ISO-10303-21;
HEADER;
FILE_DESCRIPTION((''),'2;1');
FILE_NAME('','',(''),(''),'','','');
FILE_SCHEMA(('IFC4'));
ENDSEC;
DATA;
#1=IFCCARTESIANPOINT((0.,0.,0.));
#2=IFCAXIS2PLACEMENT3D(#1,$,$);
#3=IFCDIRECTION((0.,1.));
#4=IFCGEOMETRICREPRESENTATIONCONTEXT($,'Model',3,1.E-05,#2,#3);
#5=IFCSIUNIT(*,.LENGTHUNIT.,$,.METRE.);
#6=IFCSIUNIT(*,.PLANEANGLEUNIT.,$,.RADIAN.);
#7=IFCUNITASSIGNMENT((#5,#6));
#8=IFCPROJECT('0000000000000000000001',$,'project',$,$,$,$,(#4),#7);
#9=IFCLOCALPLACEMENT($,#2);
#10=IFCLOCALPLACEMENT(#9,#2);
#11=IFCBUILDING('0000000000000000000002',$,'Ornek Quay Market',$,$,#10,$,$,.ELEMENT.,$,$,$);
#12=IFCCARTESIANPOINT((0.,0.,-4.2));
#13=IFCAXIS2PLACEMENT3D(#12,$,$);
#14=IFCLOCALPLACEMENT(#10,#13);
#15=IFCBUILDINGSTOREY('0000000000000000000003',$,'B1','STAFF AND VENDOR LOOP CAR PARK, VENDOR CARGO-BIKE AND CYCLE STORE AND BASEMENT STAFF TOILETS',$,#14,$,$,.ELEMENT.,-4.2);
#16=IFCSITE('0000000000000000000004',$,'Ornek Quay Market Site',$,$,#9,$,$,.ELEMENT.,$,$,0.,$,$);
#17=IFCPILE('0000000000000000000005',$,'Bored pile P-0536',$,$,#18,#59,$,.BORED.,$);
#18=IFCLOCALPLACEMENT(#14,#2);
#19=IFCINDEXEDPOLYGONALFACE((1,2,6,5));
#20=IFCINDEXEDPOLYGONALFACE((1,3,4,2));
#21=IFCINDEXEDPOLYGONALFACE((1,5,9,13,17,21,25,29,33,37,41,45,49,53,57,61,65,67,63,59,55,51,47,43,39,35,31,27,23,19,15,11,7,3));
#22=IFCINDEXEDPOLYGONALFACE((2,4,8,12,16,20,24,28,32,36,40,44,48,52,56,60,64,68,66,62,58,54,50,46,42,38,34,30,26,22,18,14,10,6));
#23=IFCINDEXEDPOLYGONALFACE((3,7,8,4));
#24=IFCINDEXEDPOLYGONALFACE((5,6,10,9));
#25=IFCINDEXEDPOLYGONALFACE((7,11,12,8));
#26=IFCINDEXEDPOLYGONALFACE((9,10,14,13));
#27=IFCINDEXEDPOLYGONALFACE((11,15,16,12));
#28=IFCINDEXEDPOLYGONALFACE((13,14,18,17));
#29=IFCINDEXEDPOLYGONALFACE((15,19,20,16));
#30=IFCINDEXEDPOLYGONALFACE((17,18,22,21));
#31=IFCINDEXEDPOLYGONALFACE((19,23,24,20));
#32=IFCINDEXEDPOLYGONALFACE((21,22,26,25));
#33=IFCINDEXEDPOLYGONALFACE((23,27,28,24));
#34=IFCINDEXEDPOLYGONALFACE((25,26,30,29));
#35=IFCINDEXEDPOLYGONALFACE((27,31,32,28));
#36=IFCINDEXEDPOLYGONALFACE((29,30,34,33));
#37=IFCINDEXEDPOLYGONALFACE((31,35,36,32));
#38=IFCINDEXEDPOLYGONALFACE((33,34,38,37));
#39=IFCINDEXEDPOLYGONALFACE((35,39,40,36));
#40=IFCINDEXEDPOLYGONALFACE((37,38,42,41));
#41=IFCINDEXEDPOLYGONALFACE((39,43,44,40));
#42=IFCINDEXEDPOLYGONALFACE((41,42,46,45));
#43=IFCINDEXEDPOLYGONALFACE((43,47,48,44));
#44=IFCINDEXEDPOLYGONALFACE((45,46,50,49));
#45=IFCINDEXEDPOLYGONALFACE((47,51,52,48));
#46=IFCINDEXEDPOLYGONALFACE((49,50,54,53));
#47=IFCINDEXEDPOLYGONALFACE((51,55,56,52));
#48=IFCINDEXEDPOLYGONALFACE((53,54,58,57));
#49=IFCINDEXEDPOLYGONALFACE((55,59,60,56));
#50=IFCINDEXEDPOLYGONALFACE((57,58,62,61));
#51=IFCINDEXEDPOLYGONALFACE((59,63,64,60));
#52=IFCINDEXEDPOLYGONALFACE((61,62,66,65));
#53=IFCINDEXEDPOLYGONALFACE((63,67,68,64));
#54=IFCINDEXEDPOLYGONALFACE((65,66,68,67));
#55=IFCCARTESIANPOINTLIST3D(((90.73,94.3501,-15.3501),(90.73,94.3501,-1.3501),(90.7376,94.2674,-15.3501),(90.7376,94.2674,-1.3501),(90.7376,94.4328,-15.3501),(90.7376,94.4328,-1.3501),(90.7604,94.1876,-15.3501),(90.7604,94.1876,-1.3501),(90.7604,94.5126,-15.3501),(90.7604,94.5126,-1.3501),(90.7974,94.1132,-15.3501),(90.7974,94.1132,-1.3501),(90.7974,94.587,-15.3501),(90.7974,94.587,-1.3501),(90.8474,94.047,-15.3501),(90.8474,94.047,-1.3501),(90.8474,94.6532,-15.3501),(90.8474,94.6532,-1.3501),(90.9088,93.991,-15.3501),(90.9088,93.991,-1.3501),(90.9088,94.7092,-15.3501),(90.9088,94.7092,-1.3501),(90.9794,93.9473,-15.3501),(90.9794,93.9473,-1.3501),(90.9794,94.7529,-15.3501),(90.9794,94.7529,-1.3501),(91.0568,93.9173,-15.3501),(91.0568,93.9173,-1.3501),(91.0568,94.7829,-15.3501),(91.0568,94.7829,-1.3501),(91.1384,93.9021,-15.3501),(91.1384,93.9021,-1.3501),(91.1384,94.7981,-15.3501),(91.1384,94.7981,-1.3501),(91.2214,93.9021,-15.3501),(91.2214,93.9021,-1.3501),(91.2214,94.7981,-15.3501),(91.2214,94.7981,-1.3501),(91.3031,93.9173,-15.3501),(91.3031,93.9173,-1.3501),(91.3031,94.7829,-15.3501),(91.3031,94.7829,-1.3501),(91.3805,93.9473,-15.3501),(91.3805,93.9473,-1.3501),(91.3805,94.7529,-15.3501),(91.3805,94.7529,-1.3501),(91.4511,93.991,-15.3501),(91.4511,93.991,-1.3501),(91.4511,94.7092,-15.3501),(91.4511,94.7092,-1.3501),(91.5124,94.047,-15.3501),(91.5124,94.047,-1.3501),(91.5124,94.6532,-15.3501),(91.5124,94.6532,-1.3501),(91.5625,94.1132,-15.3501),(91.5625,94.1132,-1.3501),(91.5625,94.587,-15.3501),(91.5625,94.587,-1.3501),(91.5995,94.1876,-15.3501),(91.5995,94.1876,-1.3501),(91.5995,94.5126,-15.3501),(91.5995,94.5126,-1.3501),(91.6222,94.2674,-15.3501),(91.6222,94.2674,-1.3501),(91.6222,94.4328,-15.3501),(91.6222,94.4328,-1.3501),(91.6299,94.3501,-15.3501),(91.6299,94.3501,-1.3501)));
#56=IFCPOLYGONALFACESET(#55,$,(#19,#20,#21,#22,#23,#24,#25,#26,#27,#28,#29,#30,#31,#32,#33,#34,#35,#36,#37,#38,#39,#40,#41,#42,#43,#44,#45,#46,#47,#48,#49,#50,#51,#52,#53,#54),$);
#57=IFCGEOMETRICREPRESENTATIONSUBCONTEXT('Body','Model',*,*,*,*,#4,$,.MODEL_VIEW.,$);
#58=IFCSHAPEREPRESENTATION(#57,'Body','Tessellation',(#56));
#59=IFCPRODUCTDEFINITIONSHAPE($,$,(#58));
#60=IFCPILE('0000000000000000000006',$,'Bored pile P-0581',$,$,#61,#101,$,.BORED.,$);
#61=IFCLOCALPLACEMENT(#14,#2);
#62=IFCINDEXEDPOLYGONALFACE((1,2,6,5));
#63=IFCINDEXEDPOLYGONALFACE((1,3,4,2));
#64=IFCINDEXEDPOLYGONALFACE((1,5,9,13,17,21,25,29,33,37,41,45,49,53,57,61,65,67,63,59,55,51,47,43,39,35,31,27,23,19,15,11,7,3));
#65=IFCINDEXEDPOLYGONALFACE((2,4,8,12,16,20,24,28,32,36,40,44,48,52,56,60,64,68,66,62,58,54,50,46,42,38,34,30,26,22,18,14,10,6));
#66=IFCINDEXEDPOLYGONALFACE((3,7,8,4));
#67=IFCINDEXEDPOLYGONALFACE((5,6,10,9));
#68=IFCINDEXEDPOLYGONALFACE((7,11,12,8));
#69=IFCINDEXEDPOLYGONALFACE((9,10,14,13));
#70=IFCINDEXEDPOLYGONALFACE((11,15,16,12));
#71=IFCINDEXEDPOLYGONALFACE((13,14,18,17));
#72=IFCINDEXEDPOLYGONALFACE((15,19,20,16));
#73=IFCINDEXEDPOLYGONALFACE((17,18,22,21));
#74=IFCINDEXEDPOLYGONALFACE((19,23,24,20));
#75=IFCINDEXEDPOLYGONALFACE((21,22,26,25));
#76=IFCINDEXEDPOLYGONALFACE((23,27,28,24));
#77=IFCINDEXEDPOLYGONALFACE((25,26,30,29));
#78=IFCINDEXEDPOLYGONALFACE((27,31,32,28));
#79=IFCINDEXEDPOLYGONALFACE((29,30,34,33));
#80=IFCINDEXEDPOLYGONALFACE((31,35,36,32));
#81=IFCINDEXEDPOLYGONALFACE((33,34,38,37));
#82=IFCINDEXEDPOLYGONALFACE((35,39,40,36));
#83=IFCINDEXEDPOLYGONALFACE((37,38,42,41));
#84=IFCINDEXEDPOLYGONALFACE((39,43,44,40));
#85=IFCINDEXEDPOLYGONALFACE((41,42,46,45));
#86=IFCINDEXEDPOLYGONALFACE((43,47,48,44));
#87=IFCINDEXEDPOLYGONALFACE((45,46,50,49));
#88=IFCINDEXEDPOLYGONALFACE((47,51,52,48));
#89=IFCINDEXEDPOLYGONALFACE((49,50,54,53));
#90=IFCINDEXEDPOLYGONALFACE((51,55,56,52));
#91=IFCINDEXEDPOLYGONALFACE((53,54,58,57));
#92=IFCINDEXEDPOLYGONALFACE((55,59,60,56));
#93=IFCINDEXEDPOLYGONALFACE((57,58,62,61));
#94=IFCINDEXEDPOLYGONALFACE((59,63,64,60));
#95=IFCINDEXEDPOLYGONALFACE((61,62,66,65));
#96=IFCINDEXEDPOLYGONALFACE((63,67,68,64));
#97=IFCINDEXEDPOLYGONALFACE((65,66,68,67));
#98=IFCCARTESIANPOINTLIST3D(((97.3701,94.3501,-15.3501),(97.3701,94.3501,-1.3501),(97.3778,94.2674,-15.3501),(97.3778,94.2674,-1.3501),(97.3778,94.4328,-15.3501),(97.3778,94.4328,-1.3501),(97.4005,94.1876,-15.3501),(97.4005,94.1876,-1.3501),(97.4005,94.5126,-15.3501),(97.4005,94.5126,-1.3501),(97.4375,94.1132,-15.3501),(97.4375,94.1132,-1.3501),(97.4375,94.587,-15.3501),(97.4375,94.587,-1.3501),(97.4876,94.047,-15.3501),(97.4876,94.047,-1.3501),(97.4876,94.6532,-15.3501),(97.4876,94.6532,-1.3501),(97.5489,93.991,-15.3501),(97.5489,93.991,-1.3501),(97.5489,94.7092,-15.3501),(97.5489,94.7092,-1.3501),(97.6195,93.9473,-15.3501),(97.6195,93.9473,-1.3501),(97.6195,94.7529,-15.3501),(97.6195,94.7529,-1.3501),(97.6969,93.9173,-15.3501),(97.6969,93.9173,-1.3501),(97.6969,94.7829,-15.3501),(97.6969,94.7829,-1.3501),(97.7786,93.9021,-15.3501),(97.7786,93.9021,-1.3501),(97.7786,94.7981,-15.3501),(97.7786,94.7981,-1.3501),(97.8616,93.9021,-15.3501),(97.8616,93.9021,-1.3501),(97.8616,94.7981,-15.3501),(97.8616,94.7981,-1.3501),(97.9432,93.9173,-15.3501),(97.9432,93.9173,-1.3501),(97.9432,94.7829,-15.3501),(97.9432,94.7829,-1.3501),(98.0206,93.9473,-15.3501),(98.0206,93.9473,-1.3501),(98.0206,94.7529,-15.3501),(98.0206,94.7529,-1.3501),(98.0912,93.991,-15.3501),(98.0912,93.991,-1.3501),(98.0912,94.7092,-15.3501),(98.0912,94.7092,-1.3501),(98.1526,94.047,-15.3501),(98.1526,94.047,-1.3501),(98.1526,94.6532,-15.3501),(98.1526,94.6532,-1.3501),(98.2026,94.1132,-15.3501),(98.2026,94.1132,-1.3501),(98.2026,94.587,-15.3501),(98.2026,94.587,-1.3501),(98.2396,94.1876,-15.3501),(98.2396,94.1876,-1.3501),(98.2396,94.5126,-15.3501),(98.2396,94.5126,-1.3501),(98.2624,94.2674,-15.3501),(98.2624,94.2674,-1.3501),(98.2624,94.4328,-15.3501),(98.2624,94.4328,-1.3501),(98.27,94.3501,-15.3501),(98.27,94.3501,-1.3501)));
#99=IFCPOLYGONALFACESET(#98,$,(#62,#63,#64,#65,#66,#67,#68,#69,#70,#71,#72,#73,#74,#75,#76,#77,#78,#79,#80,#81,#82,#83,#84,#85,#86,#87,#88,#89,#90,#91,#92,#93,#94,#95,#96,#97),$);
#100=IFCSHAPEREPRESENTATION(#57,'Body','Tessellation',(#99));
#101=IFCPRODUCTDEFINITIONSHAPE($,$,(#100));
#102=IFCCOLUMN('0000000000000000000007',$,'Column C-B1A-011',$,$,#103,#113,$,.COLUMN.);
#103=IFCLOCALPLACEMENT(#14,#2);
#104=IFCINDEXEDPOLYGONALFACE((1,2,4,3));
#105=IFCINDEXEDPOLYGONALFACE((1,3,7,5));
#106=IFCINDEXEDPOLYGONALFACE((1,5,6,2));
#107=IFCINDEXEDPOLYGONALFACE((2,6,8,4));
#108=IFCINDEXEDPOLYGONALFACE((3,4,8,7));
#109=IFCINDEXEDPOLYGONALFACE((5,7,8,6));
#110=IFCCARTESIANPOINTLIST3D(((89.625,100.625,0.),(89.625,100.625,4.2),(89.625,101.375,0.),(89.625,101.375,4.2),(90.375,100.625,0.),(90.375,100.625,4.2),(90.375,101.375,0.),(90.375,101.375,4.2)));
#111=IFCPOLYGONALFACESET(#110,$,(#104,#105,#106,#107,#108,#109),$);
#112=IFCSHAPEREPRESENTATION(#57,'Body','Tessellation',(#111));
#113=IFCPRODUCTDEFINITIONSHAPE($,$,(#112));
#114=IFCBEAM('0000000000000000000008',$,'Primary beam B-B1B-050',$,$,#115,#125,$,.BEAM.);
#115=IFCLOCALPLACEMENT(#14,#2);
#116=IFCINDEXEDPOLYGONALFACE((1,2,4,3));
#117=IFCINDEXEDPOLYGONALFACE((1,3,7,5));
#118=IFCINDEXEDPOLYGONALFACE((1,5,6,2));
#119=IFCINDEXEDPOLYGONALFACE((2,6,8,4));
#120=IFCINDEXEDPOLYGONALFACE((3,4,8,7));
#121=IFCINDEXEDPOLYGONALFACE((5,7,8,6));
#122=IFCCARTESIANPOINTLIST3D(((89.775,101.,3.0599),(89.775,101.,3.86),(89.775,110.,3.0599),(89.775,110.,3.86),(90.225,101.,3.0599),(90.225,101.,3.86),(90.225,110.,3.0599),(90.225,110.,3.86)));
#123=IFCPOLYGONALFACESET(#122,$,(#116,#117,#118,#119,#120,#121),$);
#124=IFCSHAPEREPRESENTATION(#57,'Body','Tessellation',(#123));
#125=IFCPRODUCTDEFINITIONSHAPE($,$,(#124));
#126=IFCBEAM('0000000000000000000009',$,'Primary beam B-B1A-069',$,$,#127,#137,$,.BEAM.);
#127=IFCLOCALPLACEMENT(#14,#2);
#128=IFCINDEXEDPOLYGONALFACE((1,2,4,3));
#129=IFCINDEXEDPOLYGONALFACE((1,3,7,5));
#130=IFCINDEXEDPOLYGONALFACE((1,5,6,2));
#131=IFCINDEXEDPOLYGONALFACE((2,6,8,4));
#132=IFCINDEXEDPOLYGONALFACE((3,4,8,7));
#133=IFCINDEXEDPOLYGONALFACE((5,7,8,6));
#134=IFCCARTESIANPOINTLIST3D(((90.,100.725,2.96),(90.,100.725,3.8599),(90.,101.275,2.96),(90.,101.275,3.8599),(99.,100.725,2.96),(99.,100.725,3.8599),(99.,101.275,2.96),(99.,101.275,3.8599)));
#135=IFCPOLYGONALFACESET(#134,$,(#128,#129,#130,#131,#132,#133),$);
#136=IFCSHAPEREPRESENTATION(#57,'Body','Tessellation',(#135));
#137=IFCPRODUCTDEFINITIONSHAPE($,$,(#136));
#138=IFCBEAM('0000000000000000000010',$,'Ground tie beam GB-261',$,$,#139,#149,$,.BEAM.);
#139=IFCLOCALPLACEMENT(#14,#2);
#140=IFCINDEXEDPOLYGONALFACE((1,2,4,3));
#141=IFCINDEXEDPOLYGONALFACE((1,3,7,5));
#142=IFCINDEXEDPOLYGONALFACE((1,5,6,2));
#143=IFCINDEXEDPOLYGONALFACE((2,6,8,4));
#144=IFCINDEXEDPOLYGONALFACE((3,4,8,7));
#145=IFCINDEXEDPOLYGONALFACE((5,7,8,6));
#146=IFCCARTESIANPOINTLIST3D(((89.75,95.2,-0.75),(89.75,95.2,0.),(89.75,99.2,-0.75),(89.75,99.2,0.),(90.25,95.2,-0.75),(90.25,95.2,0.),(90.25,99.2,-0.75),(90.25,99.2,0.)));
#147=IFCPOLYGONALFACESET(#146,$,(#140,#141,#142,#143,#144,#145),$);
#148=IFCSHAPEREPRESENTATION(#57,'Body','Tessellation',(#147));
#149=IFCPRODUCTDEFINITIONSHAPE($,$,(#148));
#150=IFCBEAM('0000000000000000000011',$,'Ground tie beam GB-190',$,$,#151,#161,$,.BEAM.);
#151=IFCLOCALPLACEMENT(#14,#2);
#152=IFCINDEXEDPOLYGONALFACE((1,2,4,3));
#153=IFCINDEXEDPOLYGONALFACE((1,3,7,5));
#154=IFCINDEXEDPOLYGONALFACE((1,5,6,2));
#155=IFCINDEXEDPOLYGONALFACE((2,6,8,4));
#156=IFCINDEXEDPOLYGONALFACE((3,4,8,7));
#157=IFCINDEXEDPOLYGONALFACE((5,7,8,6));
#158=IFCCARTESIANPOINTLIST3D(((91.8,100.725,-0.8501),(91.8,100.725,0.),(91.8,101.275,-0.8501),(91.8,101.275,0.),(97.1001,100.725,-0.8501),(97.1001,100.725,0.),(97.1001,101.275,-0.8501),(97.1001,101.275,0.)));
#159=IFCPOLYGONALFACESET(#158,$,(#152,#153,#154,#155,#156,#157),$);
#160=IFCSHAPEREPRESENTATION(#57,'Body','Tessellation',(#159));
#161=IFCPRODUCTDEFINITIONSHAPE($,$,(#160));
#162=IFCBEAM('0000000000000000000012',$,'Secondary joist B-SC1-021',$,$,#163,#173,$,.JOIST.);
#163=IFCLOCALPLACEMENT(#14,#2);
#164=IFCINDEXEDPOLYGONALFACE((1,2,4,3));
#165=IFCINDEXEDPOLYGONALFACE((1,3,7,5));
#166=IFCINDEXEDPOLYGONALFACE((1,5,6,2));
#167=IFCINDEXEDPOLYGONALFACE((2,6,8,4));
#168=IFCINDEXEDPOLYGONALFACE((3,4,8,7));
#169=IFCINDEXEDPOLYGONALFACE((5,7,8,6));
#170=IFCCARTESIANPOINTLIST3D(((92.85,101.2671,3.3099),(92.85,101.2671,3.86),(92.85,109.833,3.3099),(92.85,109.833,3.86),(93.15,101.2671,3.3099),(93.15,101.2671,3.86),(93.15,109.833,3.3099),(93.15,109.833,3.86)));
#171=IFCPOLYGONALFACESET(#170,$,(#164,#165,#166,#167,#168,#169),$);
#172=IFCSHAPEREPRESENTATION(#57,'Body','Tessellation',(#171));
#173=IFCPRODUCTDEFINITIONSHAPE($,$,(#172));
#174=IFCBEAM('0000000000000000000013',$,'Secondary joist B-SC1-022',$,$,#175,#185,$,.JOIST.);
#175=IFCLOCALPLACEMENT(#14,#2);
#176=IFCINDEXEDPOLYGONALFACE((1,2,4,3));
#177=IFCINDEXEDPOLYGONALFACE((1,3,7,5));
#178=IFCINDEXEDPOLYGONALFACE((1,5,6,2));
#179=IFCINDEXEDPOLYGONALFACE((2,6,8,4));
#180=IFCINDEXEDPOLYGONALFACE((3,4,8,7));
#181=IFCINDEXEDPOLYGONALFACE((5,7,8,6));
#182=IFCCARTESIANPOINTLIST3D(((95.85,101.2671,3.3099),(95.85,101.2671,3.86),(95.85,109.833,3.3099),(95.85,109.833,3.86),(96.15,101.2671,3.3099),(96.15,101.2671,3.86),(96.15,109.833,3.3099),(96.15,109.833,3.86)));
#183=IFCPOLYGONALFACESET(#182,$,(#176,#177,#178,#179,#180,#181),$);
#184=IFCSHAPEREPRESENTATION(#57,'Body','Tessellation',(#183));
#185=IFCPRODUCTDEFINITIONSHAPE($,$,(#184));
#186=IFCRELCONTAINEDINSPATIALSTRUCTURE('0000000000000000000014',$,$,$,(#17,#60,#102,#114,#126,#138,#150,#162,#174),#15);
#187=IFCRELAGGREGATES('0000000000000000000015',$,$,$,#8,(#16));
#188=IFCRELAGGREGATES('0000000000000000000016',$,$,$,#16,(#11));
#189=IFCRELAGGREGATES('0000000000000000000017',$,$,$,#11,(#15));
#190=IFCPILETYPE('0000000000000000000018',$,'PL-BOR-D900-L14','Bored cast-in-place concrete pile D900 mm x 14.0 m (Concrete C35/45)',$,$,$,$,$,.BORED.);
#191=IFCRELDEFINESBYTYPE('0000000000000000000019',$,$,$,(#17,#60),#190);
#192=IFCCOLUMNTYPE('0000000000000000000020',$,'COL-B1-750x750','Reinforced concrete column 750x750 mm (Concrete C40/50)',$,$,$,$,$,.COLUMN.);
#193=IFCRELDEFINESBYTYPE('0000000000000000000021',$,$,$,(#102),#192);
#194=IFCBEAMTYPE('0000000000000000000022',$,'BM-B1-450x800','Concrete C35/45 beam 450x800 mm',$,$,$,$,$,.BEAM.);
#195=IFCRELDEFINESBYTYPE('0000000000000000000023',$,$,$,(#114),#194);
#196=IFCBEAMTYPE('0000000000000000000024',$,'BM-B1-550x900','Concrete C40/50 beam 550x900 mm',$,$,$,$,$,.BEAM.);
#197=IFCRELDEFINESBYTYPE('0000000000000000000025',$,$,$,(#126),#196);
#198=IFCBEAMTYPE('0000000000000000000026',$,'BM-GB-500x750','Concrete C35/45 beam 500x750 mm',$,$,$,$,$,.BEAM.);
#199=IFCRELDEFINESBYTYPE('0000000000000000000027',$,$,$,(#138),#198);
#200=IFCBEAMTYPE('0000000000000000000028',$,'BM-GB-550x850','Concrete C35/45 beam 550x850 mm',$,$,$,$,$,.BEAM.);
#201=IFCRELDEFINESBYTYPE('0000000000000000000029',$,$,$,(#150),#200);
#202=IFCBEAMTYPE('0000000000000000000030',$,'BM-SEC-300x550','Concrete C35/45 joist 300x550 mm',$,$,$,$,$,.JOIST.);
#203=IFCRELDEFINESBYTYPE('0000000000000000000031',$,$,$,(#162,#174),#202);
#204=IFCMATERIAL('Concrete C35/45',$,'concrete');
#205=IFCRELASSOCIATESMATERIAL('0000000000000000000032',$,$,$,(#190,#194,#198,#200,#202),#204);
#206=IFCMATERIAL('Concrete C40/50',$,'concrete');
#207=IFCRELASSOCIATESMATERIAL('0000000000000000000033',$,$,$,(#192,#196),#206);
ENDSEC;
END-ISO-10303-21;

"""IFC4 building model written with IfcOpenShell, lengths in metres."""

from ifc_helpers import new_model, si_unit, direction, frame, origin, origin_2d, place, context, subcontext, project, spatial, rectangle, circle, extrude, material, material_profile, profile_set, type_object, element, save


model = new_model("IFC4")

# Units and contexts
model_context = context("Model", 3, precision=1e-05, world=origin(), true_north=direction((0.0, 1.0)))
body_context = subcontext(model_context, "Body", "Model", "MODEL_VIEW")
ifc_project = project(units=[si_unit("LENGTHUNIT", "METRE"), si_unit("PLANEANGLEUNIT", "RADIAN")], contexts=[model_context])

# Site, building, storey
site_placement = place(None, origin())
site = spatial("IfcSite", under=ifc_project, at=site_placement, Name="Ornek Quay Market Site", CompositionType="ELEMENT", RefElevation=0.0)
building_placement = place(site_placement, origin())
building = spatial("IfcBuilding", under=site, at=building_placement, Name="Ornek Quay Market", CompositionType="ELEMENT")
storey_placement = place(building_placement, frame((0.0, 0.0, -4.2)))
storey = spatial("IfcBuildingStorey", under=building, at=storey_placement, Name="B1", Description="STAFF AND VENDOR LOOP CAR PARK, VENDOR CARGO-BIKE AND CYCLE STORE AND BASEMENT STAFF TOILETS", CompositionType="ELEMENT", Elevation=-4.2)

# Piles
ifc_material_1 = material(Name="Concrete C35/45", Category="concrete")
ifc_material_profile_1 = material_profile(ifc_material_1, circle(Radius=0.45, at=origin_2d()), Name="PILE D900", Category="concrete")
ifc_profile_set_1 = profile_set([ifc_material_profile_1], Name="Concrete C35/45")
pile_type_1 = type_object("IfcPileType", Name="PL-BOR-D900-L14", Description="Bored cast-in-place concrete pile D900 mm x 14.0 m (Concrete C35/45)", PredefinedType="BORED", material=ifc_profile_set_1)
for number, where, z_axis, x_axis, name in (
    (1, (91.1799, 94.3501, -1.3501), (0.0, 0.0, -1.0), (1.0, 0.0, 0.0), "Bored pile P-0536"),
    (2, (97.8201, 94.3501, -1.3501), (0.0, 0.0, -1.0), (1.0, 0.0, 0.0), "Bored pile P-0581"),
):
    element("IfcPile", number, at=place(storey_placement, frame(where, z_axis=z_axis, x_axis=x_axis)), inside=storey, type_object=pile_type_1, Name=name, PredefinedType="BORED", context=body_context, shape_type="SweptSolid", body=[
        extrude(circle(Radius=0.45, at=origin_2d()), origin(), (0.0, 0.0, 1.0), 14.0),
    ])

# Column
ifc_material_2 = material(Name="Concrete C40/50", Category="concrete")
ifc_material_profile_2 = material_profile(ifc_material_2, rectangle(XDim=0.75, YDim=0.75, at=origin_2d()), Name="RC 750x750", Category="concrete")
ifc_profile_set_2 = profile_set([ifc_material_profile_2], Name="Concrete C40/50")
column_type = type_object("IfcColumnType", Name="COL-B1-750x750", Description="Reinforced concrete column 750x750 mm (Concrete C40/50)", PredefinedType="COLUMN", material=ifc_profile_set_2)
column_placement = place(storey_placement, frame((90.0, 101.0, 0.0), z_axis=(0.0, 0.0, 1.0), x_axis=(1.0, 0.0, 0.0)))
element("IfcColumn", 3, at=column_placement, inside=storey, type_object=column_type, Name="Column C-B1A-011", PredefinedType="COLUMN", context=body_context, shape_type="SweptSolid", body=[
    extrude(rectangle(XDim=0.75, YDim=0.75, at=origin_2d()), origin(), (0.0, 0.0, 1.0), 4.2),
])

# Beams
ifc_material_profile_3 = material_profile(ifc_material_1, rectangle(XDim=0.45, YDim=0.8, at=origin_2d()), Name="RC 450x800", Category="concrete")
ifc_profile_set_3 = profile_set([ifc_material_profile_3], Name="Concrete C35/45")
beam_type_1 = type_object("IfcBeamType", Name="BM-B1-450x800", Description="Concrete C35/45 beam 450x800 mm", PredefinedType="BEAM", material=ifc_profile_set_3)
beam_1_placement = place(storey_placement, frame((90.0, 101.0, 3.46), z_axis=(0.0, 1.0, 0.0), x_axis=(-1.0, 0.0, 0.0)))
element("IfcBeam", 4, at=beam_1_placement, inside=storey, type_object=beam_type_1, Name="Primary beam B-B1B-050", PredefinedType="BEAM", context=body_context, shape_type="SweptSolid", body=[
    extrude(rectangle(XDim=0.45, YDim=0.8, at=origin_2d()), origin(), (0.0, 0.0, 1.0), 9.0),
])
ifc_material_profile_4 = material_profile(ifc_material_2, rectangle(XDim=0.55, YDim=0.8999, at=origin_2d()), Name="RC 550x900", Category="concrete")
ifc_profile_set_4 = profile_set([ifc_material_profile_4], Name="Concrete C40/50")
beam_type_2 = type_object("IfcBeamType", Name="BM-B1-550x900", Description="Concrete C40/50 beam 550x900 mm", PredefinedType="BEAM", material=ifc_profile_set_4)
beam_2_placement = place(storey_placement, frame((90.0, 101.0, 3.4099), z_axis=(1.0, 0.0, 0.0), x_axis=(0.0, 1.0, 0.0)))
element("IfcBeam", 5, at=beam_2_placement, inside=storey, type_object=beam_type_2, Name="Primary beam B-B1A-069", PredefinedType="BEAM", context=body_context, shape_type="SweptSolid", body=[
    extrude(rectangle(XDim=0.55, YDim=0.8999, at=origin_2d()), origin(), (0.0, 0.0, 1.0), 9.0),
])
ifc_material_profile_5 = material_profile(ifc_material_1, rectangle(XDim=0.5, YDim=0.75, at=origin_2d()), Name="RC 500x750", Category="concrete")
ifc_profile_set_5 = profile_set([ifc_material_profile_5], Name="Concrete C35/45")
beam_type_3 = type_object("IfcBeamType", Name="BM-GB-500x750", Description="Concrete C35/45 beam 500x750 mm", PredefinedType="BEAM", material=ifc_profile_set_5)
beam_3_placement = place(storey_placement, frame((90.0, 95.2, -0.375), z_axis=(0.0, 1.0, 0.0), x_axis=(-1.0, 0.0, 0.0)))
element("IfcBeam", 6, at=beam_3_placement, inside=storey, type_object=beam_type_3, Name="Ground tie beam GB-261", PredefinedType="BEAM", context=body_context, shape_type="SweptSolid", body=[
    extrude(rectangle(XDim=0.5, YDim=0.75, at=origin_2d()), origin(), (0.0, 0.0, 1.0), 4.0),
])
ifc_material_profile_6 = material_profile(ifc_material_1, rectangle(XDim=0.55, YDim=0.8501, at=origin_2d()), Name="RC 550x850", Category="concrete")
ifc_profile_set_6 = profile_set([ifc_material_profile_6], Name="Concrete C35/45")
beam_type_4 = type_object("IfcBeamType", Name="BM-GB-550x850", Description="Concrete C35/45 beam 550x850 mm", PredefinedType="BEAM", material=ifc_profile_set_6)
beam_4_placement = place(storey_placement, frame((91.8, 101.0, -0.425), z_axis=(1.0, 0.0, 0.0), x_axis=(0.0, 1.0, 0.0)))
element("IfcBeam", 7, at=beam_4_placement, inside=storey, type_object=beam_type_4, Name="Ground tie beam GB-190", PredefinedType="BEAM", context=body_context, shape_type="SweptSolid", body=[
    extrude(rectangle(XDim=0.55, YDim=0.8501, at=origin_2d()), origin(), (0.0, 0.0, 1.0), 5.3),
])
ifc_material_profile_7 = material_profile(ifc_material_1, rectangle(XDim=0.3, YDim=0.55, at=origin_2d()), Name="RC 300x550", Category="concrete")
ifc_profile_set_7 = profile_set([ifc_material_profile_7], Name="Concrete C35/45")
beam_type_5 = type_object("IfcBeamType", Name="BM-SEC-300x550", Description="Concrete C35/45 joist 300x550 mm", PredefinedType="JOIST", material=ifc_profile_set_7)
for number, where, z_axis, x_axis, name in (
    (8, (93.0, 101.2671, 3.585), (0.0, 1.0, 0.0), (-1.0, 0.0, 0.0), "Secondary joist B-SC1-021"),
    (9, (96.0, 101.2671, 3.585), (0.0, 1.0, 0.0), (-1.0, 0.0, 0.0), "Secondary joist B-SC1-022"),
):
    element("IfcBeam", number, at=place(storey_placement, frame(where, z_axis=z_axis, x_axis=x_axis)), inside=storey, type_object=beam_type_5, Name=name, PredefinedType="JOIST", context=body_context, shape_type="SweptSolid", body=[
        extrude(rectangle(XDim=0.3, YDim=0.55, at=origin_2d()), origin(), (0.0, 0.0, 1.0), 8.5659),
    ])

save(model, "model.ifc")
